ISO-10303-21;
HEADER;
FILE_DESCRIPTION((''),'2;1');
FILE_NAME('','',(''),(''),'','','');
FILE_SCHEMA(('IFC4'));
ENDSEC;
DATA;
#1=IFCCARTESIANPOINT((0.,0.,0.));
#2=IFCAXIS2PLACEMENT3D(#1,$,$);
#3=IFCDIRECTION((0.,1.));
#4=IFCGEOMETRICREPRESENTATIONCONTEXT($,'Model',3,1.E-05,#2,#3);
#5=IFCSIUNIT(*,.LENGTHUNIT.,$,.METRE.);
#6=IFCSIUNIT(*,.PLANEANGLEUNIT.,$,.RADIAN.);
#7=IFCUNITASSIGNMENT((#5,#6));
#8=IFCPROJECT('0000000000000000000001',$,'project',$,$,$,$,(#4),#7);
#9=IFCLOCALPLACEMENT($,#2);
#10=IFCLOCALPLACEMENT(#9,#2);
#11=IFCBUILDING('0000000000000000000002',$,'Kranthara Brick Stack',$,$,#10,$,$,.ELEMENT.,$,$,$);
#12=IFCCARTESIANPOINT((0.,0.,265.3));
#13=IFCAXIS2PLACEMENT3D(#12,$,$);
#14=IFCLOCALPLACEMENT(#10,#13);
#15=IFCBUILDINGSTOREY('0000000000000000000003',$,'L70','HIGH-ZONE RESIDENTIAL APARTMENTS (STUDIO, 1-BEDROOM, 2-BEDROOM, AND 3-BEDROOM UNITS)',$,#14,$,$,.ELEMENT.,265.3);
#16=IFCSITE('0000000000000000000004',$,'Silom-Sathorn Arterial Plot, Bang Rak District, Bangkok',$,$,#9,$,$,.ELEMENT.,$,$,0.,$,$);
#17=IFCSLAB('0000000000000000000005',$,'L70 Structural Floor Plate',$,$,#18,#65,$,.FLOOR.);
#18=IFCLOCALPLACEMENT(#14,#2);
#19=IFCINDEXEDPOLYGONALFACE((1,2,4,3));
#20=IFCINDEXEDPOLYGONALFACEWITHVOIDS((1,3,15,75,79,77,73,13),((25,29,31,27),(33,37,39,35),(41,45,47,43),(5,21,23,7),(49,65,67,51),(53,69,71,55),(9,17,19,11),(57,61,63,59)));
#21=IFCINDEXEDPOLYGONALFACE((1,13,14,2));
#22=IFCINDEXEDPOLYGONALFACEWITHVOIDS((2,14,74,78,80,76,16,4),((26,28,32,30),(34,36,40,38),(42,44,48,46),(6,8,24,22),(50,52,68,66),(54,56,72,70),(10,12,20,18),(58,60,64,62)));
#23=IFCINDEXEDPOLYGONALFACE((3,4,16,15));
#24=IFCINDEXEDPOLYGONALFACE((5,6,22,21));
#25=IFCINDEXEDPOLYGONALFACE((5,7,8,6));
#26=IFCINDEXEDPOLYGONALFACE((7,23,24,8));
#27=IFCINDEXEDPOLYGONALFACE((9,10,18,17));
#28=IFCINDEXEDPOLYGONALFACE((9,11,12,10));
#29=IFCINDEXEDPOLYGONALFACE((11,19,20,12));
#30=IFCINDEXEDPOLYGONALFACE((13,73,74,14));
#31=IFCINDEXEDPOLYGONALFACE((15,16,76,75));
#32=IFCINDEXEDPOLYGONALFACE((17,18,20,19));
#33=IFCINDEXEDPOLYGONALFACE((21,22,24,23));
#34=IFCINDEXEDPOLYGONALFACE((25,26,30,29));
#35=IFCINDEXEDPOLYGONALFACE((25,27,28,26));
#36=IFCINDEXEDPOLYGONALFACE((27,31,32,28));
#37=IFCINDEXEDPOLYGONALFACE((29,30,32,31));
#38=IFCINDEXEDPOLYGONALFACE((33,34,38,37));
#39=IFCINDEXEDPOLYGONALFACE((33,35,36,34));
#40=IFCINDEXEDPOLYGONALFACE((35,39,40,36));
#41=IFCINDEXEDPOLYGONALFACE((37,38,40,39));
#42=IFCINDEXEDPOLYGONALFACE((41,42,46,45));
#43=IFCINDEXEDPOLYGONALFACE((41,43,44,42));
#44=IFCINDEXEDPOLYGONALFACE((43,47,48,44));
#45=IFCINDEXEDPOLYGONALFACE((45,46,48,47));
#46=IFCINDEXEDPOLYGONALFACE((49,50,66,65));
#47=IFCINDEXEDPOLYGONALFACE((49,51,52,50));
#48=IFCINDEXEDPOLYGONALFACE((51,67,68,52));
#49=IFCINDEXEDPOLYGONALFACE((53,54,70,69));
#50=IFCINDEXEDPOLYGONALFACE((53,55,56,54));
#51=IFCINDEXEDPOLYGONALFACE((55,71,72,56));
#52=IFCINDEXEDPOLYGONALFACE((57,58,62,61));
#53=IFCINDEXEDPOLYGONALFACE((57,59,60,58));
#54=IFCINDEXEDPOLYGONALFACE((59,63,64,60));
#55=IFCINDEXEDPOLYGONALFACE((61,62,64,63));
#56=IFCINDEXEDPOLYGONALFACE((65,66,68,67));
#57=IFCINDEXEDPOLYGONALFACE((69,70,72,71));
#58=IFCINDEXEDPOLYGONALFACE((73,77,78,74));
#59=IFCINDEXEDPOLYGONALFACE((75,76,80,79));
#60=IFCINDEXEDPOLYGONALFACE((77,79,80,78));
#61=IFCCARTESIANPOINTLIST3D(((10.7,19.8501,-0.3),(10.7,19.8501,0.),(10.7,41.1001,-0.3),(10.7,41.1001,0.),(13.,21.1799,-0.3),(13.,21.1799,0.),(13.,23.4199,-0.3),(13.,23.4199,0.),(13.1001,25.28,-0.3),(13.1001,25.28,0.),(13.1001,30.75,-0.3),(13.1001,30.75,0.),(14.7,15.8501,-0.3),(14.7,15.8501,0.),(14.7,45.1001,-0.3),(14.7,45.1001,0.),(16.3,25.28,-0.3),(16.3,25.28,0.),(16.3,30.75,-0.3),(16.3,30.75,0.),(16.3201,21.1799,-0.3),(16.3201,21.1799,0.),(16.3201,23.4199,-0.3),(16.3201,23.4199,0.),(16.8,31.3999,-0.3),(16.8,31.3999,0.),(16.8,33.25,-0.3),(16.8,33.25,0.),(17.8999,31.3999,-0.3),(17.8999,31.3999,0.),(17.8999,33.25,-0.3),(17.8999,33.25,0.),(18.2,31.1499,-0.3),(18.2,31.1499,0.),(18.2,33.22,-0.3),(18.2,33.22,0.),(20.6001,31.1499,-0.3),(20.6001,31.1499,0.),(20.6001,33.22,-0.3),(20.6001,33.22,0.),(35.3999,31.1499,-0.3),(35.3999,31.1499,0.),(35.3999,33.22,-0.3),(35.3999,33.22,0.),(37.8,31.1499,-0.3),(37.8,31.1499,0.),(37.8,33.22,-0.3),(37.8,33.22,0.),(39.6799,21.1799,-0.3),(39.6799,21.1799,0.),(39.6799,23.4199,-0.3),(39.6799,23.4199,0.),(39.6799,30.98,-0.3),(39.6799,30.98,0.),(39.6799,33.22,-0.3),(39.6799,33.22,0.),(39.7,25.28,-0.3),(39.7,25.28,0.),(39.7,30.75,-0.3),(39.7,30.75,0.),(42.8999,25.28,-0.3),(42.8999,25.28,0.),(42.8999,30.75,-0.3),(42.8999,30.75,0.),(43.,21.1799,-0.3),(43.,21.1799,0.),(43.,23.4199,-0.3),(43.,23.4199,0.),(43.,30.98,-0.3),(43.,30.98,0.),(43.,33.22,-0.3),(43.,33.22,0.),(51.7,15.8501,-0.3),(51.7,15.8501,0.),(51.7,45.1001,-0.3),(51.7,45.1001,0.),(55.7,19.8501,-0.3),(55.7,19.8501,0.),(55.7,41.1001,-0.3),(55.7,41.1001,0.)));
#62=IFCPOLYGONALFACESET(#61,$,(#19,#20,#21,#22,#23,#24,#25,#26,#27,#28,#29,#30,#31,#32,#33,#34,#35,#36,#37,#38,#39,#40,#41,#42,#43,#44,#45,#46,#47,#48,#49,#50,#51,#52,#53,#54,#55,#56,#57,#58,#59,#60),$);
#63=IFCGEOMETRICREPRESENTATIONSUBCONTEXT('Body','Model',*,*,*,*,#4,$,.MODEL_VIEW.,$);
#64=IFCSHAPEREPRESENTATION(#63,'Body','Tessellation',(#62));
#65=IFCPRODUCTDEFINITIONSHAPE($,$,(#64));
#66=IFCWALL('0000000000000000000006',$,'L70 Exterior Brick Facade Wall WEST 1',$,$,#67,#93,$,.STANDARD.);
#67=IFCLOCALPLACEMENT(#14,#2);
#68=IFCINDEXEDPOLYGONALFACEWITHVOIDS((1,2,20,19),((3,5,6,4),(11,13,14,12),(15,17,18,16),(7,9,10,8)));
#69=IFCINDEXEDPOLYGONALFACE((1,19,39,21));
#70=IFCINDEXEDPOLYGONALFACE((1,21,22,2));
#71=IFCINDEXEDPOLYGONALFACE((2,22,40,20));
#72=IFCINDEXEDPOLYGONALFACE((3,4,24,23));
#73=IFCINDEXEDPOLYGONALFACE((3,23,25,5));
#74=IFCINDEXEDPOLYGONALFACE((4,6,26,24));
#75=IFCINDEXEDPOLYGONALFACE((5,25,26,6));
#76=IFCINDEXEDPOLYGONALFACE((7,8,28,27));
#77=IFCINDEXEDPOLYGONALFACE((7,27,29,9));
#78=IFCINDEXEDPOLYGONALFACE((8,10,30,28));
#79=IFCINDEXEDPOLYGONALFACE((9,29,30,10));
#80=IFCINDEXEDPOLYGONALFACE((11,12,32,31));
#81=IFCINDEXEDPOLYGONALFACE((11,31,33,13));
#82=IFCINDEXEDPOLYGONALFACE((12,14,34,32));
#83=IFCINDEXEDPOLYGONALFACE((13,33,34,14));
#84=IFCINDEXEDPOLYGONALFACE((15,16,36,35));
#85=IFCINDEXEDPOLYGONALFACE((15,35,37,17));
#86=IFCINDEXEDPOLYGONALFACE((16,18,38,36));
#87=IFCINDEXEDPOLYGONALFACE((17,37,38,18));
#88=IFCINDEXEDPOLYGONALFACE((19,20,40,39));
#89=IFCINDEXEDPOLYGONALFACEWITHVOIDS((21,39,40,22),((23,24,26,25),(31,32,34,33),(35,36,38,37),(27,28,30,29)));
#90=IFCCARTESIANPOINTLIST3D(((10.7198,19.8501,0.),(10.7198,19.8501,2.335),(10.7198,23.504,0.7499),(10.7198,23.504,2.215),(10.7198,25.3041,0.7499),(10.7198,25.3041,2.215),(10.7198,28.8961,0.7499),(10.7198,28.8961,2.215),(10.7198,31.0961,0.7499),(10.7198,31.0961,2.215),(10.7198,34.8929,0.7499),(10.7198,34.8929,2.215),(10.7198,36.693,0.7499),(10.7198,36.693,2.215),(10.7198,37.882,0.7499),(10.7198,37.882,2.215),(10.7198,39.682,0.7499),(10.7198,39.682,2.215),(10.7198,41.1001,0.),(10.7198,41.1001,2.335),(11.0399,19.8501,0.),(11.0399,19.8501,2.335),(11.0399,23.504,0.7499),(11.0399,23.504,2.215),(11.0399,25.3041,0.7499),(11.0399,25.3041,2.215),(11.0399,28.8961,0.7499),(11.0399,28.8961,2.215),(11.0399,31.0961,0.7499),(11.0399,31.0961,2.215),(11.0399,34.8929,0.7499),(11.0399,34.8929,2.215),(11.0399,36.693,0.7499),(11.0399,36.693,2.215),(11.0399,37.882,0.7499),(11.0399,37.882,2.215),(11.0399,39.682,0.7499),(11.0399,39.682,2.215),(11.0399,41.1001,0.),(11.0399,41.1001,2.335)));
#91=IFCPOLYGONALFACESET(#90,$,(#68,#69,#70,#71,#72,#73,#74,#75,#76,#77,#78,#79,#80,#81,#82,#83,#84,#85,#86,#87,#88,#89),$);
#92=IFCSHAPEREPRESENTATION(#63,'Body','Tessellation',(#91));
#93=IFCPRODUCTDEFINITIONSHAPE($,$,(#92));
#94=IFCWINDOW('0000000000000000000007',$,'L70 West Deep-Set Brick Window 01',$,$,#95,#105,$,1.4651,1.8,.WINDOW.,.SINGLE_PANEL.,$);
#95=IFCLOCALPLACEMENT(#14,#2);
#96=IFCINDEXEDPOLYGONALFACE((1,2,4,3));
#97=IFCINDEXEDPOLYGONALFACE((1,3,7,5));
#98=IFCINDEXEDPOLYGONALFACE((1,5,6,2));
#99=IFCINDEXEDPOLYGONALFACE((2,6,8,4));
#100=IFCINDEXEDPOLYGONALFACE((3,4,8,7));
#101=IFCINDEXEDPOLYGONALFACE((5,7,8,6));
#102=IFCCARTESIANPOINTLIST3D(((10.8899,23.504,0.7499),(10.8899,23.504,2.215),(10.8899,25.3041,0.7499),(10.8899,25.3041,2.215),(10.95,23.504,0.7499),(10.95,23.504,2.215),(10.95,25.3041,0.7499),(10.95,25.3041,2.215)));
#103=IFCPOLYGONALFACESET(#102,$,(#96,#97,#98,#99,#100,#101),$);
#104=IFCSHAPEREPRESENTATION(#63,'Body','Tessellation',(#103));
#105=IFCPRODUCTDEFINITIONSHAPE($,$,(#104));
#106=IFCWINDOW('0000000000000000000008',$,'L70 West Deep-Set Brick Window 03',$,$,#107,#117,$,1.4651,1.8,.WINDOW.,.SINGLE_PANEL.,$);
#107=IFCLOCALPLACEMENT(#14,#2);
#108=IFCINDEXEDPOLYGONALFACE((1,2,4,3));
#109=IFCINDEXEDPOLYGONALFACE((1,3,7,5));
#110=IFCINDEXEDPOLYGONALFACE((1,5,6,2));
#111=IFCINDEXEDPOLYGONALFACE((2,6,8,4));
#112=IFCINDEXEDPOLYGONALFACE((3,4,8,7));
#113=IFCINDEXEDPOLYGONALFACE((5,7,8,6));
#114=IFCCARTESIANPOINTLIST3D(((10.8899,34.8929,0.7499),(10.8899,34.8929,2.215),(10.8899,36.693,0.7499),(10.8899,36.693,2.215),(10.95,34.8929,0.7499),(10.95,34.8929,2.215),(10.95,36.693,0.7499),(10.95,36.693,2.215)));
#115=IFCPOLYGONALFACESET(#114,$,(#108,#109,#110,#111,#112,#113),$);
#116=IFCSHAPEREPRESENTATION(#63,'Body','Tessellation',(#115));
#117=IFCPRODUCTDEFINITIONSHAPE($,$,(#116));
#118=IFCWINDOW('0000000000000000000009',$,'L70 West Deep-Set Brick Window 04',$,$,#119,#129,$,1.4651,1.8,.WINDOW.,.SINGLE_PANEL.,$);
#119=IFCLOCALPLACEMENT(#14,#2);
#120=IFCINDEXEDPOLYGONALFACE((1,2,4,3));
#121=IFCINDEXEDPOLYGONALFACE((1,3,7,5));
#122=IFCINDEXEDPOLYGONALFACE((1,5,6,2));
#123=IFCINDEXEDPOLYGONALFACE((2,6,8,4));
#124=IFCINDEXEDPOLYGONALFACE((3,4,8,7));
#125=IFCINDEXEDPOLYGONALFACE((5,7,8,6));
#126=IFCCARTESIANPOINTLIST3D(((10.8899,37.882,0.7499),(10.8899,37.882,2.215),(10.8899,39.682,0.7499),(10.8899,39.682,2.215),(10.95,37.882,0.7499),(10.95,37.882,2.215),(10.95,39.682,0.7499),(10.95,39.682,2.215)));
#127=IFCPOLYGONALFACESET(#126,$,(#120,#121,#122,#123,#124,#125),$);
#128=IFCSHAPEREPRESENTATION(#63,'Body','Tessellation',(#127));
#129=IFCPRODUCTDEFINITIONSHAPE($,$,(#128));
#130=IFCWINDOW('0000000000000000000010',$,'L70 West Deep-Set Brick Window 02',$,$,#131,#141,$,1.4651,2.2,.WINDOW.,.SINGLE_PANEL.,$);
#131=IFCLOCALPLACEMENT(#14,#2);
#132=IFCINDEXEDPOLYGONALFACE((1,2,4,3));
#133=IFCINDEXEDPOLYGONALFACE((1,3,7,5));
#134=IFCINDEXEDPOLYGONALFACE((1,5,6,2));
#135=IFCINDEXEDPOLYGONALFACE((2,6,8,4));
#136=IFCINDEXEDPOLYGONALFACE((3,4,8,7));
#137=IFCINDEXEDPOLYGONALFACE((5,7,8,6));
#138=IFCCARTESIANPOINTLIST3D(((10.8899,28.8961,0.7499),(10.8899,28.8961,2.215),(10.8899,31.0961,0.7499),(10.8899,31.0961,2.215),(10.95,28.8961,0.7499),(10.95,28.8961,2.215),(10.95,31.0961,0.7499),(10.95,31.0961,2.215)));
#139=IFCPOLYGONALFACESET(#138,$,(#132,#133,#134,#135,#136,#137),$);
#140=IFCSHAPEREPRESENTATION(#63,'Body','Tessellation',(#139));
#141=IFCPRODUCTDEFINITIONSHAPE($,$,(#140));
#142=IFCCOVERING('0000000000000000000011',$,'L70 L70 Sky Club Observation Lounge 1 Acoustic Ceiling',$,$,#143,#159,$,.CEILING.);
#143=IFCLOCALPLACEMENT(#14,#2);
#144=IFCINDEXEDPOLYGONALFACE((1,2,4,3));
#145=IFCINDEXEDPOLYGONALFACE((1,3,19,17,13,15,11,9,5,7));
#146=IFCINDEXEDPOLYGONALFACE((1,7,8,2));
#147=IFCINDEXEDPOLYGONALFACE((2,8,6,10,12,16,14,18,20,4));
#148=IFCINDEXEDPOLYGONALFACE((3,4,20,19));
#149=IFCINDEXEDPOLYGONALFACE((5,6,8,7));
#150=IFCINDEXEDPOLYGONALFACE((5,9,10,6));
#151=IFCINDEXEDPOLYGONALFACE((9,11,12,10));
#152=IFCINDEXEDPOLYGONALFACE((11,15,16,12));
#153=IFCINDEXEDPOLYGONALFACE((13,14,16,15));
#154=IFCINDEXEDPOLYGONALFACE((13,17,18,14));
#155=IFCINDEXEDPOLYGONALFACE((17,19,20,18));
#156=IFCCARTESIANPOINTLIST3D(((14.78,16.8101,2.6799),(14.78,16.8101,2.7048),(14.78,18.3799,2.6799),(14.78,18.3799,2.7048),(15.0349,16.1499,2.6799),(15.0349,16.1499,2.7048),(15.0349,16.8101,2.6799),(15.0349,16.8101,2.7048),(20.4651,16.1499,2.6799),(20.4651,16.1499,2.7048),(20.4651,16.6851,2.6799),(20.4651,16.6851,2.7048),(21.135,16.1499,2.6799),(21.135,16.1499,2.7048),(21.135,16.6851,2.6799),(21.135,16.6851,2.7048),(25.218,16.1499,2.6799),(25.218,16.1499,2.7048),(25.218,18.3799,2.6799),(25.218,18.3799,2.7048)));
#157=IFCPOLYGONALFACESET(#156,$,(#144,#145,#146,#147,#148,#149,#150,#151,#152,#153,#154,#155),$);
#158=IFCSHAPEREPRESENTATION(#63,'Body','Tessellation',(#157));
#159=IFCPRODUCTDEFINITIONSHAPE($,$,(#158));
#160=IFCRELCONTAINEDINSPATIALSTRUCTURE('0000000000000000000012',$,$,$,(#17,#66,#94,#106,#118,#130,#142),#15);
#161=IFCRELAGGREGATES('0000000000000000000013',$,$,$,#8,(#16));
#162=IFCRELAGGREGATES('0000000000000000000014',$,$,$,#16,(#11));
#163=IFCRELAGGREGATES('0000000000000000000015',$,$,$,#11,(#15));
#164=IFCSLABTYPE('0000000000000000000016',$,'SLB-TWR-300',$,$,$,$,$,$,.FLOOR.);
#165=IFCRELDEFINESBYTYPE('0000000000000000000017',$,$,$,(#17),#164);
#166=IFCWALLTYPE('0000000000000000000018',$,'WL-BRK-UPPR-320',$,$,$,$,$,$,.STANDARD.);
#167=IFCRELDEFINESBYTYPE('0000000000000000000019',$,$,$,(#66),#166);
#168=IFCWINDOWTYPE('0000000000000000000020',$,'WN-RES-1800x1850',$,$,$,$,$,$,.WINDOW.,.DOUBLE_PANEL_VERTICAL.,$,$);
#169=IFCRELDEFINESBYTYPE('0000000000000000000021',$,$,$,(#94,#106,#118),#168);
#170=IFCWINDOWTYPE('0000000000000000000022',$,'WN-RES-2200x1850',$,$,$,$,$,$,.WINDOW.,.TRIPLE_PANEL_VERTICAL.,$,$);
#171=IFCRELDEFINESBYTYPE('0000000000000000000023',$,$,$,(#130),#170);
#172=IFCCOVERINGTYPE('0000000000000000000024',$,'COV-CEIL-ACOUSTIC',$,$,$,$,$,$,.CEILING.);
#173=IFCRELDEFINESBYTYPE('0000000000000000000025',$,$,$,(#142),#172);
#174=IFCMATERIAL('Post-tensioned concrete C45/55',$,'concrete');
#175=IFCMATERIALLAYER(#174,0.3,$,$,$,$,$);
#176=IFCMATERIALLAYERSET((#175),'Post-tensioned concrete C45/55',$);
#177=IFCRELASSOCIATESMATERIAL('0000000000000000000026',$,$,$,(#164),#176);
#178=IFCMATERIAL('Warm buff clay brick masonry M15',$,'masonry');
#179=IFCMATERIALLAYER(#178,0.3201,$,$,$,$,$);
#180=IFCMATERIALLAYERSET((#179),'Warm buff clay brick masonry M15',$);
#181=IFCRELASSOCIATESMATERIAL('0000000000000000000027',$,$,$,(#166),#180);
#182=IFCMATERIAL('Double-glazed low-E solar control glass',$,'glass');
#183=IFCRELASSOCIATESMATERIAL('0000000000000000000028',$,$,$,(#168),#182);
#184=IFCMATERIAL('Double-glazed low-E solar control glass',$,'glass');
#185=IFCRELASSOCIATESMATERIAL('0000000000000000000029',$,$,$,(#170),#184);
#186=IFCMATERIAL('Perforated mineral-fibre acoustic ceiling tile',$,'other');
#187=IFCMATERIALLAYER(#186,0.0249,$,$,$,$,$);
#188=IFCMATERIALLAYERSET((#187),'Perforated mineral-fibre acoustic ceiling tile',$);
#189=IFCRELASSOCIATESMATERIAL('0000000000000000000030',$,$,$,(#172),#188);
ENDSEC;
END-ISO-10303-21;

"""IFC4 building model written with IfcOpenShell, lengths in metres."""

from ifc_helpers import new_model, si_unit, direction, frame, frame_2d, origin, place, context, subcontext, project, spatial, polyline, rectangle, outline, extrude, material, layer, layer_set, type_object, element, fill, save


model = new_model("IFC4")

# Units and contexts
model_context = context("Model", 3, precision=1e-05, world=origin(), true_north=direction((0.0, 1.0)))
body_context = subcontext(model_context, "Body", "Model", "MODEL_VIEW")
ifc_project = project(units=[si_unit("LENGTHUNIT", "METRE"), si_unit("PLANEANGLEUNIT", "RADIAN")], contexts=[model_context])

# Site, building, storey
site_placement = place(None, origin())
site = spatial("IfcSite", under=ifc_project, at=site_placement, Name="Silom-Sathorn Arterial Plot, Bang Rak District, Bangkok", CompositionType="ELEMENT", RefElevation=0.0)
building_placement = place(site_placement, origin())
building = spatial("IfcBuilding", under=site, at=building_placement, Name="Kranthara Brick Stack", CompositionType="ELEMENT")
storey_placement = place(building_placement, frame((0.0, 0.0, 265.3)))
storey = spatial("IfcBuildingStorey", under=building, at=storey_placement, Name="L70", Description="HIGH-ZONE RESIDENTIAL APARTMENTS (STUDIO, 1-BEDROOM, 2-BEDROOM, AND 3-BEDROOM UNITS)", CompositionType="ELEMENT", Elevation=265.3)

# Slab
ifc_material_1 = material(Name="Post-tensioned concrete C45/55", Category="concrete")
ifc_layer_1 = layer(ifc_material_1, 0.3)
ifc_layer_set_1 = layer_set([ifc_layer_1], Name="Post-tensioned concrete C45/55")
slab_type_1 = type_object("IfcSlabType", Name="SLB-TWR-300", PredefinedType="FLOOR", material=ifc_layer_set_1)
slab_1_placement = place(storey_placement, frame((0.0, 0.0, -0.3)))
element("IfcSlab", 1, at=slab_1_placement, inside=storey, type_object=slab_type_1, Name="L70 Structural Floor Plate", PredefinedType="FLOOR", context=body_context, shape_type="SweptSolid", body=[
    extrude(outline(polyline([(14.7, 15.8501), (51.7, 15.8501), (55.7, 19.8501), (55.7, 41.1001), (51.7, 45.1001), (14.7, 45.1001), (10.7, 41.1001), (10.7, 19.8501), (14.7, 15.8501)]), holes=[polyline([(13.1001, 25.28), (16.3, 25.28), (16.3, 30.75), (13.1001, 30.75), (13.1001, 25.28)]), polyline([(39.7, 25.28), (42.8999, 25.28), (42.8999, 30.75), (39.7, 30.75), (39.7, 25.28)]), polyline([(13.0, 21.1799), (16.3201, 21.1799), (16.3201, 23.4199), (13.0, 23.4199), (13.0, 21.1799)]), polyline([(39.6799, 21.1799), (43.0, 21.1799), (43.0, 23.4199), (39.6799, 23.4199), (39.6799, 21.1799)]), polyline([(39.6799, 30.98), (43.0, 30.98), (43.0, 33.22), (39.6799, 33.22), (39.6799, 30.98)]), polyline([(18.2, 31.1499), (20.6001, 31.1499), (20.6001, 33.22), (18.2, 33.22), (18.2, 31.1499)]), polyline([(35.3999, 31.1499), (37.8, 31.1499), (37.8, 33.22), (35.3999, 33.22), (35.3999, 31.1499)]), polyline([(16.8, 31.3999), (17.8999, 31.3999), (17.8999, 33.25), (16.8, 33.25), (16.8, 31.3999)])]), origin(), (0.0, 0.0, 1.0), 0.3),
])

# Wall, openings, windows
ifc_material_2 = material(Name="Warm buff clay brick masonry M15", Category="masonry")
ifc_layer_2 = layer(ifc_material_2, 0.3201)
ifc_layer_set_2 = layer_set([ifc_layer_2], Name="Warm buff clay brick masonry M15")
wall_type = type_object("IfcWallType", Name="WL-BRK-UPPR-320", PredefinedType="STANDARD", material=ifc_layer_set_2)
wall_placement = place(storey_placement, frame((10.8799, 19.8501, 0.0), z_axis=(0.0, 0.0, 1.0), x_axis=(0.0, 1.0, 0.0)))
wall = element("IfcWall", 2, at=wall_placement, inside=storey, type_object=wall_type, Name="L70 Exterior Brick Facade Wall WEST 1", PredefinedType="STANDARD", context=body_context, shape_type="SweptSolid", body=[
    extrude(rectangle(XDim=21.25, YDim=0.3201, at=frame_2d((10.625, 0.0))), origin(), (0.0, 0.0, 1.0), 2.335),
])
opening_1_placement = place(wall_placement, frame((3.6541, 0.0, 0.75)))
opening_1 = element("IfcOpeningElement", 3, at=opening_1_placement, cuts=wall, PredefinedType="OPENING", context=body_context, shape_type="SweptSolid", body=[
    extrude(rectangle(XDim=1.8, YDim=1.4651, at=frame_2d((0.8999, 0.7324))), frame((0.0, 0.1699, 0.0), z_axis=(0.0, -1.0, 0.0), x_axis=(1.0, 0.0, 0.0)), (0.0, 0.0, 1.0), 0.3401),
])
opening_2_placement = place(wall_placement, frame((9.0459, 0.0, 0.75)))
opening_2 = element("IfcOpeningElement", 4, at=opening_2_placement, cuts=wall, PredefinedType="OPENING", context=body_context, shape_type="SweptSolid", body=[
    extrude(rectangle(XDim=2.2, YDim=1.4651, at=frame_2d((1.1001, 0.7324))), frame((0.0, 0.1699, 0.0), z_axis=(0.0, -1.0, 0.0), x_axis=(1.0, 0.0, 0.0)), (0.0, 0.0, 1.0), 0.3401),
])
opening_3_placement = place(wall_placement, frame((15.043, 0.0, 0.75)))
opening_3 = element("IfcOpeningElement", 5, at=opening_3_placement, cuts=wall, PredefinedType="OPENING", context=body_context, shape_type="SweptSolid", body=[
    extrude(rectangle(XDim=1.8, YDim=1.4651, at=frame_2d((0.8999, 0.7324))), frame((0.0, 0.1699, 0.0), z_axis=(0.0, -1.0, 0.0), x_axis=(1.0, 0.0, 0.0)), (0.0, 0.0, 1.0), 0.3401),
])
opening_4_placement = place(wall_placement, frame((18.032, 0.0, 0.75)))
opening_4 = element("IfcOpeningElement", 6, at=opening_4_placement, cuts=wall, PredefinedType="OPENING", context=body_context, shape_type="SweptSolid", body=[
    extrude(rectangle(XDim=1.8, YDim=1.4651, at=frame_2d((0.8999, 0.7324))), frame((0.0, 0.1699, 0.0), z_axis=(0.0, -1.0, 0.0), x_axis=(1.0, 0.0, 0.0)), (0.0, 0.0, 1.0), 0.3401),
])
ifc_material_3 = material(Name="Double-glazed low-E solar control glass", Category="glass")
window_type_1 = type_object("IfcWindowType", Name="WN-RES-1800x1850", PartitioningType="DOUBLE_PANEL_VERTICAL", PredefinedType="WINDOW", material=ifc_material_3)
window_1_placement = place(opening_1_placement, origin())
window_1 = element("IfcWindow", 7, at=window_1_placement, inside=storey, type_object=window_type_1, Name="L70 West Deep-Set Brick Window 01", OverallHeight=1.4651, OverallWidth=1.8, PartitioningType="SINGLE_PANEL", PredefinedType="WINDOW", context=body_context, shape_type="SweptSolid", body=[
    extrude(rectangle(XDim=1.8, YDim=1.4651, at=frame_2d((0.8999, 0.7324))), frame((0.0, -0.01, 0.0), z_axis=(0.0, -1.0, 0.0), x_axis=(1.0, 0.0, 0.0)), (0.0, 0.0, 1.0), 0.0601),
])
fill(opening_1, window_1)
window_2_placement = place(opening_3_placement, origin())
window_2 = element("IfcWindow", 8, at=window_2_placement, inside=storey, type_object=window_type_1, Name="L70 West Deep-Set Brick Window 03", OverallHeight=1.4651, OverallWidth=1.8, PartitioningType="SINGLE_PANEL", PredefinedType="WINDOW", context=body_context, shape_type="SweptSolid", body=[
    extrude(rectangle(XDim=1.8, YDim=1.4651, at=frame_2d((0.8999, 0.7324))), frame((0.0, -0.01, 0.0), z_axis=(0.0, -1.0, 0.0), x_axis=(1.0, 0.0, 0.0)), (0.0, 0.0, 1.0), 0.0601),
])
fill(opening_3, window_2)
window_3_placement = place(opening_4_placement, origin())
window_3 = element("IfcWindow", 9, at=window_3_placement, inside=storey, type_object=window_type_1, Name="L70 West Deep-Set Brick Window 04", OverallHeight=1.4651, OverallWidth=1.8, PartitioningType="SINGLE_PANEL", PredefinedType="WINDOW", context=body_context, shape_type="SweptSolid", body=[
    extrude(rectangle(XDim=1.8, YDim=1.4651, at=frame_2d((0.8999, 0.7324))), frame((0.0, -0.01, 0.0), z_axis=(0.0, -1.0, 0.0), x_axis=(1.0, 0.0, 0.0)), (0.0, 0.0, 1.0), 0.0601),
])
fill(opening_4, window_3)
ifc_material_4 = material(Name="Double-glazed low-E solar control glass", Category="glass")
window_type_2 = type_object("IfcWindowType", Name="WN-RES-2200x1850", PartitioningType="TRIPLE_PANEL_VERTICAL", PredefinedType="WINDOW", material=ifc_material_4)
window_4_placement = place(opening_2_placement, origin())
window_4 = element("IfcWindow", 10, at=window_4_placement, inside=storey, type_object=window_type_2, Name="L70 West Deep-Set Brick Window 02", OverallHeight=1.4651, OverallWidth=2.2, PartitioningType="SINGLE_PANEL", PredefinedType="WINDOW", context=body_context, shape_type="SweptSolid", body=[
    extrude(rectangle(XDim=2.2, YDim=1.4651, at=frame_2d((1.1001, 0.7324))), frame((0.0, -0.01, 0.0), z_axis=(0.0, -1.0, 0.0), x_axis=(1.0, 0.0, 0.0)), (0.0, 0.0, 1.0), 0.0601),
])
fill(opening_2, window_4)

# Covering
ifc_material_5 = material(Name="Perforated mineral-fibre acoustic ceiling tile", Category="other")
ifc_layer_3 = layer(ifc_material_5, 0.0249)
ifc_layer_set_3 = layer_set([ifc_layer_3], Name="Perforated mineral-fibre acoustic ceiling tile")
covering_type_1 = type_object("IfcCoveringType", Name="COV-CEIL-ACOUSTIC", PredefinedType="CEILING", material=ifc_layer_set_3)
covering_1_placement = place(storey_placement, frame((0.0, 0.0, 2.6799)))
element("IfcCovering", 11, at=covering_1_placement, inside=storey, type_object=covering_type_1, Name="L70 L70 Sky Club Observation Lounge 1 Acoustic Ceiling", PredefinedType="CEILING", context=body_context, shape_type="SweptSolid", body=[
    extrude(outline(polyline([(25.218, 18.3799), (25.218, 16.1499), (21.135, 16.1499), (21.135, 16.6851), (20.4651, 16.6851), (20.4651, 16.1499), (15.0349, 16.1499), (15.0349, 16.8101), (14.78, 16.8101), (14.78, 18.3799), (25.218, 18.3799)])), origin(), (0.0, 0.0, 1.0), 0.0249),
])

save(model, "model.ifc")
